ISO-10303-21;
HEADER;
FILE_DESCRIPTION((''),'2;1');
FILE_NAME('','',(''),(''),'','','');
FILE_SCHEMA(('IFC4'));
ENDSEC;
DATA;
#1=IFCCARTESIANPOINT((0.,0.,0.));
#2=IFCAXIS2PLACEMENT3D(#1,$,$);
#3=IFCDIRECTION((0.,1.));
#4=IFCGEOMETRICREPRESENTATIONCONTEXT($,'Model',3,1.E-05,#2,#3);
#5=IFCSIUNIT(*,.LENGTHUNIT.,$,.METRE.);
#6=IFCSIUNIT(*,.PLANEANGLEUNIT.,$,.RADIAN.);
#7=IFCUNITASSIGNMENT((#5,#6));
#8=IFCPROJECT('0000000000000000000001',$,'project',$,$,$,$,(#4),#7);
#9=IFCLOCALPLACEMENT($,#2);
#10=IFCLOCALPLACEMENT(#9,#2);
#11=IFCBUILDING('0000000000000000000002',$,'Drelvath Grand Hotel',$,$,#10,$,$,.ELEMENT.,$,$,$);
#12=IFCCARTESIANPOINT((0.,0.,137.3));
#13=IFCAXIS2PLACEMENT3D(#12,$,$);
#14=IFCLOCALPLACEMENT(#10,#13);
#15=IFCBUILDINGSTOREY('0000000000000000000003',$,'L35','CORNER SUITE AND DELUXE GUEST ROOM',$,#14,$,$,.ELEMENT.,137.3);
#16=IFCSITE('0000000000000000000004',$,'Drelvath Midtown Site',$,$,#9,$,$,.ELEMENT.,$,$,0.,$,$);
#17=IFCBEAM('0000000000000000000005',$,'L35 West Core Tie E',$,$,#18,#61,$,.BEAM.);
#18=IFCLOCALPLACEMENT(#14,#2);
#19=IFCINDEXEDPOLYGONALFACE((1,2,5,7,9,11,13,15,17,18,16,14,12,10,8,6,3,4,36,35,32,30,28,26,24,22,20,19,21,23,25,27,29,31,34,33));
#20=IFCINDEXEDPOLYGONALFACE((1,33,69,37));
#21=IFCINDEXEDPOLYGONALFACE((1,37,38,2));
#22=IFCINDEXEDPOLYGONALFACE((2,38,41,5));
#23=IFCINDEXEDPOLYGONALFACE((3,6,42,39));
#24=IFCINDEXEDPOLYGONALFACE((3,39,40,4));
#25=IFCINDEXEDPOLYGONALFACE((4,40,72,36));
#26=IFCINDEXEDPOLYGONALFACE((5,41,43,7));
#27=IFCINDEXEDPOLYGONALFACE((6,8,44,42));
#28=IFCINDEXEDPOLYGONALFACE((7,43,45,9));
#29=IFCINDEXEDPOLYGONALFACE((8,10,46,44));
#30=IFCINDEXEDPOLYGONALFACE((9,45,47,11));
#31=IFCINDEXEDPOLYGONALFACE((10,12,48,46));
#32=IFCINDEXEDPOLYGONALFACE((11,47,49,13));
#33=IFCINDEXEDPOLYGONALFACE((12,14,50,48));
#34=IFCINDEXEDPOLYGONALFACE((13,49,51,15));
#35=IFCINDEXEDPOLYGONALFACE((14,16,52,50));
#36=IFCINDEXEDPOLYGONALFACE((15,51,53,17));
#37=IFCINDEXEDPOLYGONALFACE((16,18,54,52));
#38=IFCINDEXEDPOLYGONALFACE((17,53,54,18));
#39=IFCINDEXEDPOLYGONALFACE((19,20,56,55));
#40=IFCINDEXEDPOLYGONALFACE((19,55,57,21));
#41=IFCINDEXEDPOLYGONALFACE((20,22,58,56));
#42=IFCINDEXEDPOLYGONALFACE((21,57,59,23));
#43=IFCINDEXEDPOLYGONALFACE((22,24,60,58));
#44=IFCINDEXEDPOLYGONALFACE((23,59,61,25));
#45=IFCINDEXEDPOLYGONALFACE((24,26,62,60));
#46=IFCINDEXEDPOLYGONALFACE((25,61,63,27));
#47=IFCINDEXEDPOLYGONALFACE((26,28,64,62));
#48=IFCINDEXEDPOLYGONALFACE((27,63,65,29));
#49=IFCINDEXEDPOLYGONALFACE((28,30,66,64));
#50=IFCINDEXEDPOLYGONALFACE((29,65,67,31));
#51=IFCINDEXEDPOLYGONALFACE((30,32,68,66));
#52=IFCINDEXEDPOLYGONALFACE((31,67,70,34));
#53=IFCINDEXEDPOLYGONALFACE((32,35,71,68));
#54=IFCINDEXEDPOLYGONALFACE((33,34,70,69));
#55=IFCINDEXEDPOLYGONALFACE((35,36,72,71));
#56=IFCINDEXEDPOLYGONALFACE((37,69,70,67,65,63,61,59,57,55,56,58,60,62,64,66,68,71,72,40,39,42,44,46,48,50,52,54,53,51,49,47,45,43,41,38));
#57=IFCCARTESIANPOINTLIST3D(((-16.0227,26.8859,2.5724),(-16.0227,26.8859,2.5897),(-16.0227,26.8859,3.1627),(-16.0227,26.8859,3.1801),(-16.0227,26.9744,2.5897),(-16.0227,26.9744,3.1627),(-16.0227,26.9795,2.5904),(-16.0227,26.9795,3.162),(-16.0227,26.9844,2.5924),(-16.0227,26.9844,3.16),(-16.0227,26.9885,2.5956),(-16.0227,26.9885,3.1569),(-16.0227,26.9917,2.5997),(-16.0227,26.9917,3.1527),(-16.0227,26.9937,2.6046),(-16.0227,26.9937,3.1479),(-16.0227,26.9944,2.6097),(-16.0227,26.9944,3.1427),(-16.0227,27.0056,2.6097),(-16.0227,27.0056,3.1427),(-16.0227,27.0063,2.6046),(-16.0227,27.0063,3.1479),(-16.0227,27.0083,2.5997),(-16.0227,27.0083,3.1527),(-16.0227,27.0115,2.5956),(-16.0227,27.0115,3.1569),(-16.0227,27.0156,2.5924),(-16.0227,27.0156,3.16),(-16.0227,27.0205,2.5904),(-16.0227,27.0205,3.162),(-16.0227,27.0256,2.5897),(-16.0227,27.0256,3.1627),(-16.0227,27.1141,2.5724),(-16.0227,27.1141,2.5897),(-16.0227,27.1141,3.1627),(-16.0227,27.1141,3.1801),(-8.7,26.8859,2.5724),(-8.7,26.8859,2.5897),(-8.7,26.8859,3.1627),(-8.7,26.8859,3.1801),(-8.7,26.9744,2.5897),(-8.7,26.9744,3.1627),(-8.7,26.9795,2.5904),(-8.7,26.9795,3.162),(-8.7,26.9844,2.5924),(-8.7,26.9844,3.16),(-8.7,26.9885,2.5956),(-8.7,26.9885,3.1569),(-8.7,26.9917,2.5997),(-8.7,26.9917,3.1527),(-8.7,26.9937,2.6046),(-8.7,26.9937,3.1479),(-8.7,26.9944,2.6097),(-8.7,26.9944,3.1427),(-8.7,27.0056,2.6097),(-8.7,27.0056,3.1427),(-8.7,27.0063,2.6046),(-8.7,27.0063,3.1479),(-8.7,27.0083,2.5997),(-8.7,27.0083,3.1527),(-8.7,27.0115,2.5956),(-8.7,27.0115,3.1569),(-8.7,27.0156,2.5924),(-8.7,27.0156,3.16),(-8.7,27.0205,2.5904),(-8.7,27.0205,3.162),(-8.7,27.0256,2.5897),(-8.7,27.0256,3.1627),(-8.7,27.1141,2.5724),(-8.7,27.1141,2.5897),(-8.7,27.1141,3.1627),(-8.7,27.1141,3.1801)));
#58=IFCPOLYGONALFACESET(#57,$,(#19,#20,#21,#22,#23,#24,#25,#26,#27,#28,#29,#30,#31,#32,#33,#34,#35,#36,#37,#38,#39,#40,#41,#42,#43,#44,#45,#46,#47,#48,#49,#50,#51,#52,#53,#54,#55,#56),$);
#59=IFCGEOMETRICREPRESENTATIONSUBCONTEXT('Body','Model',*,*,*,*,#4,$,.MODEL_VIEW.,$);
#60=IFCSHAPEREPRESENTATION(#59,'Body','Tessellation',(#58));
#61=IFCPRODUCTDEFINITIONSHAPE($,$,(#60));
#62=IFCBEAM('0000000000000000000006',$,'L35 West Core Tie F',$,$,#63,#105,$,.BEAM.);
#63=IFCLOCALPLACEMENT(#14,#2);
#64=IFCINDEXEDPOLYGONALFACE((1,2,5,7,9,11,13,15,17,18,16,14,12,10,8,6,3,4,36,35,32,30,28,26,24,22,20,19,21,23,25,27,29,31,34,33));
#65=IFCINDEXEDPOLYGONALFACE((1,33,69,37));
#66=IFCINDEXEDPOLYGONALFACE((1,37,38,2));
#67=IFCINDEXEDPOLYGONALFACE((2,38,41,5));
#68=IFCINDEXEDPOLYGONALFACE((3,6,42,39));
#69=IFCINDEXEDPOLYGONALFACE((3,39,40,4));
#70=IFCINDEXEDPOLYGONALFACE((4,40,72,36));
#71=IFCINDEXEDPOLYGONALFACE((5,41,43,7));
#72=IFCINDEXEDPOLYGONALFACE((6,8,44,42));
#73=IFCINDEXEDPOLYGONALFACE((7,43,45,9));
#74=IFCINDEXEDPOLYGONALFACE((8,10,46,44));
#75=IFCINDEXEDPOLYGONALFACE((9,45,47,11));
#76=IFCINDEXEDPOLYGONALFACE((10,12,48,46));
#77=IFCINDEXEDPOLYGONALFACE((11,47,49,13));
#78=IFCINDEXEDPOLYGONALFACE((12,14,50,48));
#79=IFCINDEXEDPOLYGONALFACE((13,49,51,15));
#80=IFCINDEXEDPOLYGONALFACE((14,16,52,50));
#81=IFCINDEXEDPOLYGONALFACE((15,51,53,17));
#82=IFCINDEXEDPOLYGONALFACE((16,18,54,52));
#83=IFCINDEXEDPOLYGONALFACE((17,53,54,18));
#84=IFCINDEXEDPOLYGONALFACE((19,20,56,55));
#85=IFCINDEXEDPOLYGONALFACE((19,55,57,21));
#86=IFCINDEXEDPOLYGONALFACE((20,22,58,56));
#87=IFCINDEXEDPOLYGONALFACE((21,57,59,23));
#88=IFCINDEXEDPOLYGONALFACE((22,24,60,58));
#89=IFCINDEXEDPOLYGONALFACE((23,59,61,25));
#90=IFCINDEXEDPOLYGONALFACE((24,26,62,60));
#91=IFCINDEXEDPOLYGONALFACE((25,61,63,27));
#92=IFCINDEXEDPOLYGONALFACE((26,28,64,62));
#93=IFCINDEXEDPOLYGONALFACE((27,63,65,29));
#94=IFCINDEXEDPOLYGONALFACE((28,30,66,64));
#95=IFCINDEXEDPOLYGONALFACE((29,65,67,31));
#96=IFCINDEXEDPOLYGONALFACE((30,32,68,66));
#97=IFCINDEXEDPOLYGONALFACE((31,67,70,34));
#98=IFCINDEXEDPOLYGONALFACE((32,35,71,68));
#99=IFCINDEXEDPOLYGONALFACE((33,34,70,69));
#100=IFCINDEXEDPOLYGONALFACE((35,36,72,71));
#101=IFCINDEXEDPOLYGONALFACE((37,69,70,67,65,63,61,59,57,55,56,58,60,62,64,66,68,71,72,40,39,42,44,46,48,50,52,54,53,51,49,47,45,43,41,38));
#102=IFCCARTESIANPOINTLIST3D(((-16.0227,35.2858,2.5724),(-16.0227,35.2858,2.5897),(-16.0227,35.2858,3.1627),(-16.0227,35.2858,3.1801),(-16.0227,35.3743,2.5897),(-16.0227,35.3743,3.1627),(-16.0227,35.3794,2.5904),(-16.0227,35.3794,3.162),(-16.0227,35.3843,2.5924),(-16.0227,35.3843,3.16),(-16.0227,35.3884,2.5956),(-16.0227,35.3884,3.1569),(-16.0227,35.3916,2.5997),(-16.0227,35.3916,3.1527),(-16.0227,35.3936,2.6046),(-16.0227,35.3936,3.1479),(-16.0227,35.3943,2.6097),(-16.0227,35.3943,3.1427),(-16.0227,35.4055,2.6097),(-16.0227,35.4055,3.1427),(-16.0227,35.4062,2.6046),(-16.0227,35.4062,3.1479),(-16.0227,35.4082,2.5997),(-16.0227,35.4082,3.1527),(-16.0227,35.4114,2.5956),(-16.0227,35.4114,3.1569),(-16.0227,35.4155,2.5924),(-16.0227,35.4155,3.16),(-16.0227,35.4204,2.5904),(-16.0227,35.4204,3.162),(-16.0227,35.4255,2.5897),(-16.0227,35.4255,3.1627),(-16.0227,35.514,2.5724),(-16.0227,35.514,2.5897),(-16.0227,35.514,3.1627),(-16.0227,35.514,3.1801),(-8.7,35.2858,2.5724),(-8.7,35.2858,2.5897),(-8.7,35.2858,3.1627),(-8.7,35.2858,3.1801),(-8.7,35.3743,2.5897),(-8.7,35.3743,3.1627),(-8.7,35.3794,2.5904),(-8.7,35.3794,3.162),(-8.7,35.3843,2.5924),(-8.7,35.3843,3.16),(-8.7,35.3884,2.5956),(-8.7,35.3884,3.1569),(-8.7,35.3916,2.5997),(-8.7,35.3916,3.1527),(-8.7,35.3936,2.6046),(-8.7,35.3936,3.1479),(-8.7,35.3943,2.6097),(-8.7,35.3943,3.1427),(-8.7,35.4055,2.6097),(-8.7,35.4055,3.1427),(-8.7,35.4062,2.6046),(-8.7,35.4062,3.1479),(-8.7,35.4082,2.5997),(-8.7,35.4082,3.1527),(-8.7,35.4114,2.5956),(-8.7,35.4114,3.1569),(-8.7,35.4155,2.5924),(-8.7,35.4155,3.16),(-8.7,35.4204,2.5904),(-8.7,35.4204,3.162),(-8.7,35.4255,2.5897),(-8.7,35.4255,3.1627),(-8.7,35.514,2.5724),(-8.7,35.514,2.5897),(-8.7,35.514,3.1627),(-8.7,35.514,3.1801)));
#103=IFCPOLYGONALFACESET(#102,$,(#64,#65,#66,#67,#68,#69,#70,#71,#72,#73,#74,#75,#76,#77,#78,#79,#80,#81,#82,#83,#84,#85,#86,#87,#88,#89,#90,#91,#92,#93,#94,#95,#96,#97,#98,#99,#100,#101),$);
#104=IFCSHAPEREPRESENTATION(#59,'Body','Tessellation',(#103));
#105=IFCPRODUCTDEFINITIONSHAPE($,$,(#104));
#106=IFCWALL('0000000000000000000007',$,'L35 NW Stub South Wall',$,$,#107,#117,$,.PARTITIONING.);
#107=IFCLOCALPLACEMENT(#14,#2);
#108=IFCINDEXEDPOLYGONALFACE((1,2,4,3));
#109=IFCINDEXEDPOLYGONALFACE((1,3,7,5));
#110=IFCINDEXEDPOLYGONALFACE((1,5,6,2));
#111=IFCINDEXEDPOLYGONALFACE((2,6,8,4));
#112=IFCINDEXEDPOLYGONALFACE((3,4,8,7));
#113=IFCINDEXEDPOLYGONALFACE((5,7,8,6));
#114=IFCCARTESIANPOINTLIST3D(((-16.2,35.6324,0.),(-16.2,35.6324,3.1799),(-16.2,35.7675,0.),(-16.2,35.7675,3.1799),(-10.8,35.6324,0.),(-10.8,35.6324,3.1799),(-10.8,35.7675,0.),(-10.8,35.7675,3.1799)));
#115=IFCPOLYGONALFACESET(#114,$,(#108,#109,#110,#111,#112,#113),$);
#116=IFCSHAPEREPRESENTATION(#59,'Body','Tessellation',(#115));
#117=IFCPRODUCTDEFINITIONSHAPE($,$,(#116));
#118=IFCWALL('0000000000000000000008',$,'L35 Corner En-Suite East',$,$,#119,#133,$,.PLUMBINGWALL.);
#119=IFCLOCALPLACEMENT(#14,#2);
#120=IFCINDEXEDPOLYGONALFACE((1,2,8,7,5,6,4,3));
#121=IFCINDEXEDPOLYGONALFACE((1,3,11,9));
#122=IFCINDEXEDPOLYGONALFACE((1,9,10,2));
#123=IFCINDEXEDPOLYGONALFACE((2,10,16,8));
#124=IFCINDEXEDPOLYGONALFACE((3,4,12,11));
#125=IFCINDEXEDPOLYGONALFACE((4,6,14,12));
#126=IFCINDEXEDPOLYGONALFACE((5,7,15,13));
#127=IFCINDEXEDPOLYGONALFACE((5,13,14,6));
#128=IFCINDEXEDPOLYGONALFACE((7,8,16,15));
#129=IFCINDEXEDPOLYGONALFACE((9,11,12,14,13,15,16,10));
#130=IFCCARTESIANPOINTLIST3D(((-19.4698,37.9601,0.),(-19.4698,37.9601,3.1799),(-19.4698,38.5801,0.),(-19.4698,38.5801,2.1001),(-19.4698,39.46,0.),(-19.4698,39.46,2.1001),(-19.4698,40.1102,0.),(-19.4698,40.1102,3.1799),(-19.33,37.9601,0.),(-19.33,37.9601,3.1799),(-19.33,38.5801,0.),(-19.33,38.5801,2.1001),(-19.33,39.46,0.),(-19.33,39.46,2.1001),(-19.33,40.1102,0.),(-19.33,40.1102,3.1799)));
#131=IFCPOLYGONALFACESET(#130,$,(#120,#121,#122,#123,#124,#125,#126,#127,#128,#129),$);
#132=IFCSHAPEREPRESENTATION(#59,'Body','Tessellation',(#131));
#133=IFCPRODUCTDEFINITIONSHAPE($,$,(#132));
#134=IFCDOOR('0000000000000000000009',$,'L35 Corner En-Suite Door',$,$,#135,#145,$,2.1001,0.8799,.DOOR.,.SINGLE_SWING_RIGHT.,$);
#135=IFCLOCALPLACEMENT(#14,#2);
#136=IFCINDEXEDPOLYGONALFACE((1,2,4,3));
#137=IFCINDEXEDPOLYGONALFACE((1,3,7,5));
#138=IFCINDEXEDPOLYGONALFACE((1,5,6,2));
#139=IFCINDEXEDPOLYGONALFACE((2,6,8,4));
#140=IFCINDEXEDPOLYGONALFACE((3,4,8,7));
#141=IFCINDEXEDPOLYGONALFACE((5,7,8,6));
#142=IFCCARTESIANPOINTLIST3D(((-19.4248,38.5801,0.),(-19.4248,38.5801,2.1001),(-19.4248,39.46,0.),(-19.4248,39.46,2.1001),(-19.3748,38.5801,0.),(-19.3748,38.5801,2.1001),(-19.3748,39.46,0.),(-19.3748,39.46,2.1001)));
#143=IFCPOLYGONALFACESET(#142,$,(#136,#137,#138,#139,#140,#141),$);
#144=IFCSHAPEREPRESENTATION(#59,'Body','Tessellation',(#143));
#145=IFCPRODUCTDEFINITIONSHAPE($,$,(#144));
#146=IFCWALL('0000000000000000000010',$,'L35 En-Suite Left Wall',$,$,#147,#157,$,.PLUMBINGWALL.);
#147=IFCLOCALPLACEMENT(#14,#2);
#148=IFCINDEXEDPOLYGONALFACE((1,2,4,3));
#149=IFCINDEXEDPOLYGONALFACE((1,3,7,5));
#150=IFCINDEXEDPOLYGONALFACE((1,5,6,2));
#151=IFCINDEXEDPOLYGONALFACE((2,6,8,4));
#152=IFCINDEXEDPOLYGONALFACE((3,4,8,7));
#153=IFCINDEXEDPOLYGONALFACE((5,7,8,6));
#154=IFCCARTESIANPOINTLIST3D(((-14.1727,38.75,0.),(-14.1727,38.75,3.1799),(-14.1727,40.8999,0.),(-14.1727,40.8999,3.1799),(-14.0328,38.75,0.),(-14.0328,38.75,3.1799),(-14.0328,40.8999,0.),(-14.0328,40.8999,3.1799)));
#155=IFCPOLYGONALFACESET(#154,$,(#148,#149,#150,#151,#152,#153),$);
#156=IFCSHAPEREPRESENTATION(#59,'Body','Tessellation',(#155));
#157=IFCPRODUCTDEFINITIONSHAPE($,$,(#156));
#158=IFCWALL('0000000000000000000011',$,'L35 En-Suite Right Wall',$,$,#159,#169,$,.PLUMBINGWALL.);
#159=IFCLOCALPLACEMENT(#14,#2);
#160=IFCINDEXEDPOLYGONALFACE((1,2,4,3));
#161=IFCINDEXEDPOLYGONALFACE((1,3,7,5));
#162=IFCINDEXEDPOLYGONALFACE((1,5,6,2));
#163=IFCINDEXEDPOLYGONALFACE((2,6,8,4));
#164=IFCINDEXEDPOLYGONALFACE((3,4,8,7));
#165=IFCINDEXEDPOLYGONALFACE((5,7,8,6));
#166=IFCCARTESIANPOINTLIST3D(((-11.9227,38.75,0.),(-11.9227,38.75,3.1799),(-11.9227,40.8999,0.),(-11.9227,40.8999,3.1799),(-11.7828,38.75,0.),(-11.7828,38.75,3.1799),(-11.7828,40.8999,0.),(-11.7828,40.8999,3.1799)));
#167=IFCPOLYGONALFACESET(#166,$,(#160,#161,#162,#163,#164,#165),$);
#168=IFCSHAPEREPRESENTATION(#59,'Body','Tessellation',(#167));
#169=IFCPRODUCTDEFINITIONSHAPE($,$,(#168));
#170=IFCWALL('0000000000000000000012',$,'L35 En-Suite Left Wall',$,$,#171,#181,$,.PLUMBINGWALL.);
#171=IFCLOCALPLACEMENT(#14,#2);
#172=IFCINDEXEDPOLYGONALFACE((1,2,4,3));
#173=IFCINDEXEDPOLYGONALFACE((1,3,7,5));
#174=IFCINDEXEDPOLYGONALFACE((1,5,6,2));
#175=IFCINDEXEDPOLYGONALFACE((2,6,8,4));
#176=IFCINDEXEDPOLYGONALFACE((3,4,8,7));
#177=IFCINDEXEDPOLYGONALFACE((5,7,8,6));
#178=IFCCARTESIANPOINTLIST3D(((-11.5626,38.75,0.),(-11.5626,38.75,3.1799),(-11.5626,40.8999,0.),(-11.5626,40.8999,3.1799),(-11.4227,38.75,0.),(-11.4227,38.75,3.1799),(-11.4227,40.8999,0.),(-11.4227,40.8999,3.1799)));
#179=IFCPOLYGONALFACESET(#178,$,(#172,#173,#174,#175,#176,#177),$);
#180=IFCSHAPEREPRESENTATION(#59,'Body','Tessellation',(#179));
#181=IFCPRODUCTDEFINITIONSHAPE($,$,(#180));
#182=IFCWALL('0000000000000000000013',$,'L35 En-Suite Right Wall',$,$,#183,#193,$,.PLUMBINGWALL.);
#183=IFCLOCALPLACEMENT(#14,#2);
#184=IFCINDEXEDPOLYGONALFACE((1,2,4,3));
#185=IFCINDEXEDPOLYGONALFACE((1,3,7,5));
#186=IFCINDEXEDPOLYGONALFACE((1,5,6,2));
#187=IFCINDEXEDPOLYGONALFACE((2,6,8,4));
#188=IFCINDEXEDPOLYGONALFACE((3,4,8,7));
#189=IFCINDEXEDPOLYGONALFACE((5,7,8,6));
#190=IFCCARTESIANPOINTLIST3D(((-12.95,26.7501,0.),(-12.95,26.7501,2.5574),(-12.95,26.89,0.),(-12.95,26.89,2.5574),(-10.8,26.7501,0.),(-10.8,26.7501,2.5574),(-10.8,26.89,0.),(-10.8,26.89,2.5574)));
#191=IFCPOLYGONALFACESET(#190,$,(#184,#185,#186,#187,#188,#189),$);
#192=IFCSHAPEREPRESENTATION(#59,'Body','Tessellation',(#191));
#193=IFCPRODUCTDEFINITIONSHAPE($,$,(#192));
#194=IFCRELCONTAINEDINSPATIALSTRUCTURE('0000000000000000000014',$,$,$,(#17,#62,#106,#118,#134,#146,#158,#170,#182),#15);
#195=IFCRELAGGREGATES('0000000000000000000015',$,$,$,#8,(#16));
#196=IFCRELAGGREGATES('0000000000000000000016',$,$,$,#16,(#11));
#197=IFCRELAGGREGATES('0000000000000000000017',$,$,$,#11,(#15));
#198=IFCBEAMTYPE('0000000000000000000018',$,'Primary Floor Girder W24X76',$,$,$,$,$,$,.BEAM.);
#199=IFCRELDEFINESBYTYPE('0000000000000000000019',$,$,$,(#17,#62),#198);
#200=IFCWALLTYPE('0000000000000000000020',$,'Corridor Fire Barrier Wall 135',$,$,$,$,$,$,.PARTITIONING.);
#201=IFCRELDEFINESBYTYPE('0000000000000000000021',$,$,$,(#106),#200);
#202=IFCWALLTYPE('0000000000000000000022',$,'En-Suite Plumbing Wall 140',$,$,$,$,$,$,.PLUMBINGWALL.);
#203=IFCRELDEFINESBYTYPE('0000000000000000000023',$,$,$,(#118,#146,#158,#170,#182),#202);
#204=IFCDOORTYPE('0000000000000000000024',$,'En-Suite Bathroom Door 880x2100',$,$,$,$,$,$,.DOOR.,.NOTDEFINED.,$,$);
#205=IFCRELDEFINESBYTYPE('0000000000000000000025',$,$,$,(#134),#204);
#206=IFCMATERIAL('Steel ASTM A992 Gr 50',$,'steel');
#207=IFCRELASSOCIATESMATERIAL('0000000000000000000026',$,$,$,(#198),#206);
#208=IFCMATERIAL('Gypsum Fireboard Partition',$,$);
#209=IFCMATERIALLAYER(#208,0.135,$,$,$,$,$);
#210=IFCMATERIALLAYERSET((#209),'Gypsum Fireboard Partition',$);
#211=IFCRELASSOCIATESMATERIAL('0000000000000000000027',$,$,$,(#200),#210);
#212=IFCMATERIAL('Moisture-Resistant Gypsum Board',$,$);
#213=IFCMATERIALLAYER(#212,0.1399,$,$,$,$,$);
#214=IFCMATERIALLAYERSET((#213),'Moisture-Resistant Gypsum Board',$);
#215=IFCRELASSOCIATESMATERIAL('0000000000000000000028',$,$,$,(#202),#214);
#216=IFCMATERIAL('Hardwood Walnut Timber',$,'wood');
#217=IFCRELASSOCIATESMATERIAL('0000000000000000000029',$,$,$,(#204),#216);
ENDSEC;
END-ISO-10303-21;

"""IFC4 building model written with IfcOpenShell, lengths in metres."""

from ifc_helpers import new_model, si_unit, direction, frame, frame_2d, origin, origin_2d, place, context, subcontext, project, spatial, rectangle, i_section, extrude, material, layer, layer_set, material_profile, profile_set, type_object, element, fill, save


model = new_model("IFC4")

# Units and contexts
model_context = context("Model", 3, precision=1e-05, world=origin(), true_north=direction((0.0, 1.0)))
body_context = subcontext(model_context, "Body", "Model", "MODEL_VIEW")
ifc_project = project(units=[si_unit("LENGTHUNIT", "METRE"), si_unit("PLANEANGLEUNIT", "RADIAN")], contexts=[model_context])

# Site, building, storey
site_placement = place(None, origin())
site = spatial("IfcSite", under=ifc_project, at=site_placement, Name="Drelvath Midtown Site", CompositionType="ELEMENT", RefElevation=0.0)
building_placement = place(site_placement, origin())
building = spatial("IfcBuilding", under=site, at=building_placement, Name="Drelvath Grand Hotel", CompositionType="ELEMENT")
storey_placement = place(building_placement, frame((0.0, 0.0, 137.3)))
storey = spatial("IfcBuildingStorey", under=building, at=storey_placement, Name="L35", Description="CORNER SUITE AND DELUXE GUEST ROOM", CompositionType="ELEMENT", Elevation=137.3)

# Beams
ifc_material_1 = material(Name="Steel ASTM A992 Gr 50", Category="steel")
ifc_material_profile = material_profile(ifc_material_1, i_section(OverallWidth=0.2283, OverallDepth=0.6077, WebThickness=0.0112, FlangeThickness=0.0173, FilletRadius=0.02, at=origin_2d()), Name="W24X76")
ifc_profile_set = profile_set([ifc_material_profile], Name="Steel ASTM A992 Gr 50")
beam_type = type_object("IfcBeamType", Name="Primary Floor Girder W24X76", PredefinedType="BEAM", material=ifc_profile_set)
for number, where, z_axis, x_axis, name in (
    (1, (-16.0227, 27.0, 2.8762), (1.0, 0.0, 0.0), (0.0, 1.0, 0.0), "L35 West Core Tie E"),
    (2, (-16.0227, 35.3999, 2.8762), (1.0, 0.0, 0.0), (0.0, 1.0, 0.0), "L35 West Core Tie F"),
):
    element("IfcBeam", number, at=place(storey_placement, frame(where, z_axis=z_axis, x_axis=x_axis)), inside=storey, type_object=beam_type, Name=name, PredefinedType="BEAM", context=body_context, shape_type="SweptSolid", body=[
        extrude(i_section(OverallWidth=0.2283, OverallDepth=0.6077, WebThickness=0.0112, FlangeThickness=0.0173, FilletRadius=0.02, at=origin_2d()), origin(), (0.0, 0.0, 1.0), 7.3228),
    ])

# Wall
ifc_material_2 = material(Name="Gypsum Fireboard Partition")
ifc_layer_1 = layer(ifc_material_2, 0.135)
ifc_layer_set_1 = layer_set([ifc_layer_1], Name="Gypsum Fireboard Partition")
wall_type_1 = type_object("IfcWallType", Name="Corridor Fire Barrier Wall 135", PredefinedType="PARTITIONING", material=ifc_layer_set_1)
wall_1_placement = place(storey_placement, frame((-16.2, 35.7, 0.0), z_axis=(0.0, 0.0, 1.0), x_axis=(1.0, 0.0, 0.0)))
element("IfcWall", 3, at=wall_1_placement, inside=storey, type_object=wall_type_1, Name="L35 NW Stub South Wall", PredefinedType="PARTITIONING", context=body_context, shape_type="SweptSolid", body=[
    extrude(rectangle(XDim=5.3999, YDim=0.135, at=frame_2d((2.7, 0.0))), origin(), (0.0, 0.0, 1.0), 3.1799),
])

# Shared definitions
ifc_material_3 = material(Name="Hardwood Walnut Timber", Category="wood")

# Wall, opening, door
ifc_material_4 = material(Name="Moisture-Resistant Gypsum Board")
ifc_layer_2 = layer(ifc_material_4, 0.1399)
ifc_layer_set_2 = layer_set([ifc_layer_2], Name="Moisture-Resistant Gypsum Board")
wall_type_2 = type_object("IfcWallType", Name="En-Suite Plumbing Wall 140", PredefinedType="PLUMBINGWALL", material=ifc_layer_set_2)
wall_2_placement = place(storey_placement, frame((-19.3999, 37.96, 0.0), z_axis=(0.0, 0.0, 1.0), x_axis=(0.0, 1.0, 0.0)))
wall_2 = element("IfcWall", 4, at=wall_2_placement, inside=storey, type_object=wall_type_2, Name="L35 Corner En-Suite East", PredefinedType="PLUMBINGWALL", context=body_context, shape_type="SweptSolid", body=[
    extrude(rectangle(XDim=2.1501, YDim=0.1399, at=frame_2d((1.0752, 0.0))), origin(), (0.0, 0.0, 1.0), 3.1799),
])
opening_1_placement = place(wall_2_placement, frame((0.6201, 0.0, 0.0)))
opening_1 = element("IfcOpeningElement", 5, at=opening_1_placement, cuts=wall_2, PredefinedType="OPENING", context=body_context, shape_type="SweptSolid", body=[
    extrude(rectangle(XDim=0.8799, YDim=2.1001, at=frame_2d((0.4399, 1.05))), frame((0.0, 0.0798, 0.0), z_axis=(0.0, -1.0, 0.0), x_axis=(1.0, 0.0, 0.0)), (0.0, 0.0, 1.0), 0.1599),
])
door_type_1 = type_object("IfcDoorType", Name="En-Suite Bathroom Door 880x2100", OperationType="NOTDEFINED", PredefinedType="DOOR", material=ifc_material_3)
door_1_placement = place(opening_1_placement, origin())
door_1 = element("IfcDoor", 6, at=door_1_placement, inside=storey, type_object=door_type_1, Name="L35 Corner En-Suite Door", OperationType="SINGLE_SWING_RIGHT", OverallHeight=2.1001, OverallWidth=0.8799, PredefinedType="DOOR", context=body_context, shape_type="SweptSolid", body=[
    extrude(rectangle(XDim=0.8799, YDim=2.1001, at=frame_2d((0.4399, 1.05))), frame((0.0, 0.0249, 0.0), z_axis=(0.0, -1.0, 0.0), x_axis=(1.0, 0.0, 0.0)), (0.0, 0.0, 1.0), 0.05),
])
fill(opening_1, door_1)

# Walls
for number, where, z_axis, x_axis, name in (
    (7, (-14.1028, 38.75, 0.0), (0.0, 0.0, 1.0), (0.0, 1.0, 0.0), "L35 En-Suite Left Wall"),
    (8, (-11.8528, 38.75, 0.0), (0.0, 0.0, 1.0), (0.0, 1.0, 0.0), "L35 En-Suite Right Wall"),
    (9, (-11.4927, 38.75, 0.0), (0.0, 0.0, 1.0), (0.0, 1.0, 0.0), "L35 En-Suite Left Wall"),
):
    element("IfcWall", number, at=place(storey_placement, frame(where, z_axis=z_axis, x_axis=x_axis)), inside=storey, type_object=wall_type_2, Name=name, PredefinedType="PLUMBINGWALL", context=body_context, shape_type="SweptSolid", body=[
        extrude(rectangle(XDim=2.1499, YDim=0.1399, at=frame_2d((1.075, 0.0))), origin(), (0.0, 0.0, 1.0), 3.1799),
    ])
wall_3_placement = place(storey_placement, frame((-10.8, 26.8201, 0.0), z_axis=(0.0, 0.0, 1.0), x_axis=(-1.0, 0.0, 0.0)))
element("IfcWall", 10, at=wall_3_placement, inside=storey, type_object=wall_type_2, Name="L35 En-Suite Right Wall", PredefinedType="PLUMBINGWALL", context=body_context, shape_type="SweptSolid", body=[
    extrude(rectangle(XDim=2.1499, YDim=0.1399, at=frame_2d((1.075, 0.0))), origin(), (0.0, 0.0, 1.0), 2.5574),
])

save(model, "model.ifc")
